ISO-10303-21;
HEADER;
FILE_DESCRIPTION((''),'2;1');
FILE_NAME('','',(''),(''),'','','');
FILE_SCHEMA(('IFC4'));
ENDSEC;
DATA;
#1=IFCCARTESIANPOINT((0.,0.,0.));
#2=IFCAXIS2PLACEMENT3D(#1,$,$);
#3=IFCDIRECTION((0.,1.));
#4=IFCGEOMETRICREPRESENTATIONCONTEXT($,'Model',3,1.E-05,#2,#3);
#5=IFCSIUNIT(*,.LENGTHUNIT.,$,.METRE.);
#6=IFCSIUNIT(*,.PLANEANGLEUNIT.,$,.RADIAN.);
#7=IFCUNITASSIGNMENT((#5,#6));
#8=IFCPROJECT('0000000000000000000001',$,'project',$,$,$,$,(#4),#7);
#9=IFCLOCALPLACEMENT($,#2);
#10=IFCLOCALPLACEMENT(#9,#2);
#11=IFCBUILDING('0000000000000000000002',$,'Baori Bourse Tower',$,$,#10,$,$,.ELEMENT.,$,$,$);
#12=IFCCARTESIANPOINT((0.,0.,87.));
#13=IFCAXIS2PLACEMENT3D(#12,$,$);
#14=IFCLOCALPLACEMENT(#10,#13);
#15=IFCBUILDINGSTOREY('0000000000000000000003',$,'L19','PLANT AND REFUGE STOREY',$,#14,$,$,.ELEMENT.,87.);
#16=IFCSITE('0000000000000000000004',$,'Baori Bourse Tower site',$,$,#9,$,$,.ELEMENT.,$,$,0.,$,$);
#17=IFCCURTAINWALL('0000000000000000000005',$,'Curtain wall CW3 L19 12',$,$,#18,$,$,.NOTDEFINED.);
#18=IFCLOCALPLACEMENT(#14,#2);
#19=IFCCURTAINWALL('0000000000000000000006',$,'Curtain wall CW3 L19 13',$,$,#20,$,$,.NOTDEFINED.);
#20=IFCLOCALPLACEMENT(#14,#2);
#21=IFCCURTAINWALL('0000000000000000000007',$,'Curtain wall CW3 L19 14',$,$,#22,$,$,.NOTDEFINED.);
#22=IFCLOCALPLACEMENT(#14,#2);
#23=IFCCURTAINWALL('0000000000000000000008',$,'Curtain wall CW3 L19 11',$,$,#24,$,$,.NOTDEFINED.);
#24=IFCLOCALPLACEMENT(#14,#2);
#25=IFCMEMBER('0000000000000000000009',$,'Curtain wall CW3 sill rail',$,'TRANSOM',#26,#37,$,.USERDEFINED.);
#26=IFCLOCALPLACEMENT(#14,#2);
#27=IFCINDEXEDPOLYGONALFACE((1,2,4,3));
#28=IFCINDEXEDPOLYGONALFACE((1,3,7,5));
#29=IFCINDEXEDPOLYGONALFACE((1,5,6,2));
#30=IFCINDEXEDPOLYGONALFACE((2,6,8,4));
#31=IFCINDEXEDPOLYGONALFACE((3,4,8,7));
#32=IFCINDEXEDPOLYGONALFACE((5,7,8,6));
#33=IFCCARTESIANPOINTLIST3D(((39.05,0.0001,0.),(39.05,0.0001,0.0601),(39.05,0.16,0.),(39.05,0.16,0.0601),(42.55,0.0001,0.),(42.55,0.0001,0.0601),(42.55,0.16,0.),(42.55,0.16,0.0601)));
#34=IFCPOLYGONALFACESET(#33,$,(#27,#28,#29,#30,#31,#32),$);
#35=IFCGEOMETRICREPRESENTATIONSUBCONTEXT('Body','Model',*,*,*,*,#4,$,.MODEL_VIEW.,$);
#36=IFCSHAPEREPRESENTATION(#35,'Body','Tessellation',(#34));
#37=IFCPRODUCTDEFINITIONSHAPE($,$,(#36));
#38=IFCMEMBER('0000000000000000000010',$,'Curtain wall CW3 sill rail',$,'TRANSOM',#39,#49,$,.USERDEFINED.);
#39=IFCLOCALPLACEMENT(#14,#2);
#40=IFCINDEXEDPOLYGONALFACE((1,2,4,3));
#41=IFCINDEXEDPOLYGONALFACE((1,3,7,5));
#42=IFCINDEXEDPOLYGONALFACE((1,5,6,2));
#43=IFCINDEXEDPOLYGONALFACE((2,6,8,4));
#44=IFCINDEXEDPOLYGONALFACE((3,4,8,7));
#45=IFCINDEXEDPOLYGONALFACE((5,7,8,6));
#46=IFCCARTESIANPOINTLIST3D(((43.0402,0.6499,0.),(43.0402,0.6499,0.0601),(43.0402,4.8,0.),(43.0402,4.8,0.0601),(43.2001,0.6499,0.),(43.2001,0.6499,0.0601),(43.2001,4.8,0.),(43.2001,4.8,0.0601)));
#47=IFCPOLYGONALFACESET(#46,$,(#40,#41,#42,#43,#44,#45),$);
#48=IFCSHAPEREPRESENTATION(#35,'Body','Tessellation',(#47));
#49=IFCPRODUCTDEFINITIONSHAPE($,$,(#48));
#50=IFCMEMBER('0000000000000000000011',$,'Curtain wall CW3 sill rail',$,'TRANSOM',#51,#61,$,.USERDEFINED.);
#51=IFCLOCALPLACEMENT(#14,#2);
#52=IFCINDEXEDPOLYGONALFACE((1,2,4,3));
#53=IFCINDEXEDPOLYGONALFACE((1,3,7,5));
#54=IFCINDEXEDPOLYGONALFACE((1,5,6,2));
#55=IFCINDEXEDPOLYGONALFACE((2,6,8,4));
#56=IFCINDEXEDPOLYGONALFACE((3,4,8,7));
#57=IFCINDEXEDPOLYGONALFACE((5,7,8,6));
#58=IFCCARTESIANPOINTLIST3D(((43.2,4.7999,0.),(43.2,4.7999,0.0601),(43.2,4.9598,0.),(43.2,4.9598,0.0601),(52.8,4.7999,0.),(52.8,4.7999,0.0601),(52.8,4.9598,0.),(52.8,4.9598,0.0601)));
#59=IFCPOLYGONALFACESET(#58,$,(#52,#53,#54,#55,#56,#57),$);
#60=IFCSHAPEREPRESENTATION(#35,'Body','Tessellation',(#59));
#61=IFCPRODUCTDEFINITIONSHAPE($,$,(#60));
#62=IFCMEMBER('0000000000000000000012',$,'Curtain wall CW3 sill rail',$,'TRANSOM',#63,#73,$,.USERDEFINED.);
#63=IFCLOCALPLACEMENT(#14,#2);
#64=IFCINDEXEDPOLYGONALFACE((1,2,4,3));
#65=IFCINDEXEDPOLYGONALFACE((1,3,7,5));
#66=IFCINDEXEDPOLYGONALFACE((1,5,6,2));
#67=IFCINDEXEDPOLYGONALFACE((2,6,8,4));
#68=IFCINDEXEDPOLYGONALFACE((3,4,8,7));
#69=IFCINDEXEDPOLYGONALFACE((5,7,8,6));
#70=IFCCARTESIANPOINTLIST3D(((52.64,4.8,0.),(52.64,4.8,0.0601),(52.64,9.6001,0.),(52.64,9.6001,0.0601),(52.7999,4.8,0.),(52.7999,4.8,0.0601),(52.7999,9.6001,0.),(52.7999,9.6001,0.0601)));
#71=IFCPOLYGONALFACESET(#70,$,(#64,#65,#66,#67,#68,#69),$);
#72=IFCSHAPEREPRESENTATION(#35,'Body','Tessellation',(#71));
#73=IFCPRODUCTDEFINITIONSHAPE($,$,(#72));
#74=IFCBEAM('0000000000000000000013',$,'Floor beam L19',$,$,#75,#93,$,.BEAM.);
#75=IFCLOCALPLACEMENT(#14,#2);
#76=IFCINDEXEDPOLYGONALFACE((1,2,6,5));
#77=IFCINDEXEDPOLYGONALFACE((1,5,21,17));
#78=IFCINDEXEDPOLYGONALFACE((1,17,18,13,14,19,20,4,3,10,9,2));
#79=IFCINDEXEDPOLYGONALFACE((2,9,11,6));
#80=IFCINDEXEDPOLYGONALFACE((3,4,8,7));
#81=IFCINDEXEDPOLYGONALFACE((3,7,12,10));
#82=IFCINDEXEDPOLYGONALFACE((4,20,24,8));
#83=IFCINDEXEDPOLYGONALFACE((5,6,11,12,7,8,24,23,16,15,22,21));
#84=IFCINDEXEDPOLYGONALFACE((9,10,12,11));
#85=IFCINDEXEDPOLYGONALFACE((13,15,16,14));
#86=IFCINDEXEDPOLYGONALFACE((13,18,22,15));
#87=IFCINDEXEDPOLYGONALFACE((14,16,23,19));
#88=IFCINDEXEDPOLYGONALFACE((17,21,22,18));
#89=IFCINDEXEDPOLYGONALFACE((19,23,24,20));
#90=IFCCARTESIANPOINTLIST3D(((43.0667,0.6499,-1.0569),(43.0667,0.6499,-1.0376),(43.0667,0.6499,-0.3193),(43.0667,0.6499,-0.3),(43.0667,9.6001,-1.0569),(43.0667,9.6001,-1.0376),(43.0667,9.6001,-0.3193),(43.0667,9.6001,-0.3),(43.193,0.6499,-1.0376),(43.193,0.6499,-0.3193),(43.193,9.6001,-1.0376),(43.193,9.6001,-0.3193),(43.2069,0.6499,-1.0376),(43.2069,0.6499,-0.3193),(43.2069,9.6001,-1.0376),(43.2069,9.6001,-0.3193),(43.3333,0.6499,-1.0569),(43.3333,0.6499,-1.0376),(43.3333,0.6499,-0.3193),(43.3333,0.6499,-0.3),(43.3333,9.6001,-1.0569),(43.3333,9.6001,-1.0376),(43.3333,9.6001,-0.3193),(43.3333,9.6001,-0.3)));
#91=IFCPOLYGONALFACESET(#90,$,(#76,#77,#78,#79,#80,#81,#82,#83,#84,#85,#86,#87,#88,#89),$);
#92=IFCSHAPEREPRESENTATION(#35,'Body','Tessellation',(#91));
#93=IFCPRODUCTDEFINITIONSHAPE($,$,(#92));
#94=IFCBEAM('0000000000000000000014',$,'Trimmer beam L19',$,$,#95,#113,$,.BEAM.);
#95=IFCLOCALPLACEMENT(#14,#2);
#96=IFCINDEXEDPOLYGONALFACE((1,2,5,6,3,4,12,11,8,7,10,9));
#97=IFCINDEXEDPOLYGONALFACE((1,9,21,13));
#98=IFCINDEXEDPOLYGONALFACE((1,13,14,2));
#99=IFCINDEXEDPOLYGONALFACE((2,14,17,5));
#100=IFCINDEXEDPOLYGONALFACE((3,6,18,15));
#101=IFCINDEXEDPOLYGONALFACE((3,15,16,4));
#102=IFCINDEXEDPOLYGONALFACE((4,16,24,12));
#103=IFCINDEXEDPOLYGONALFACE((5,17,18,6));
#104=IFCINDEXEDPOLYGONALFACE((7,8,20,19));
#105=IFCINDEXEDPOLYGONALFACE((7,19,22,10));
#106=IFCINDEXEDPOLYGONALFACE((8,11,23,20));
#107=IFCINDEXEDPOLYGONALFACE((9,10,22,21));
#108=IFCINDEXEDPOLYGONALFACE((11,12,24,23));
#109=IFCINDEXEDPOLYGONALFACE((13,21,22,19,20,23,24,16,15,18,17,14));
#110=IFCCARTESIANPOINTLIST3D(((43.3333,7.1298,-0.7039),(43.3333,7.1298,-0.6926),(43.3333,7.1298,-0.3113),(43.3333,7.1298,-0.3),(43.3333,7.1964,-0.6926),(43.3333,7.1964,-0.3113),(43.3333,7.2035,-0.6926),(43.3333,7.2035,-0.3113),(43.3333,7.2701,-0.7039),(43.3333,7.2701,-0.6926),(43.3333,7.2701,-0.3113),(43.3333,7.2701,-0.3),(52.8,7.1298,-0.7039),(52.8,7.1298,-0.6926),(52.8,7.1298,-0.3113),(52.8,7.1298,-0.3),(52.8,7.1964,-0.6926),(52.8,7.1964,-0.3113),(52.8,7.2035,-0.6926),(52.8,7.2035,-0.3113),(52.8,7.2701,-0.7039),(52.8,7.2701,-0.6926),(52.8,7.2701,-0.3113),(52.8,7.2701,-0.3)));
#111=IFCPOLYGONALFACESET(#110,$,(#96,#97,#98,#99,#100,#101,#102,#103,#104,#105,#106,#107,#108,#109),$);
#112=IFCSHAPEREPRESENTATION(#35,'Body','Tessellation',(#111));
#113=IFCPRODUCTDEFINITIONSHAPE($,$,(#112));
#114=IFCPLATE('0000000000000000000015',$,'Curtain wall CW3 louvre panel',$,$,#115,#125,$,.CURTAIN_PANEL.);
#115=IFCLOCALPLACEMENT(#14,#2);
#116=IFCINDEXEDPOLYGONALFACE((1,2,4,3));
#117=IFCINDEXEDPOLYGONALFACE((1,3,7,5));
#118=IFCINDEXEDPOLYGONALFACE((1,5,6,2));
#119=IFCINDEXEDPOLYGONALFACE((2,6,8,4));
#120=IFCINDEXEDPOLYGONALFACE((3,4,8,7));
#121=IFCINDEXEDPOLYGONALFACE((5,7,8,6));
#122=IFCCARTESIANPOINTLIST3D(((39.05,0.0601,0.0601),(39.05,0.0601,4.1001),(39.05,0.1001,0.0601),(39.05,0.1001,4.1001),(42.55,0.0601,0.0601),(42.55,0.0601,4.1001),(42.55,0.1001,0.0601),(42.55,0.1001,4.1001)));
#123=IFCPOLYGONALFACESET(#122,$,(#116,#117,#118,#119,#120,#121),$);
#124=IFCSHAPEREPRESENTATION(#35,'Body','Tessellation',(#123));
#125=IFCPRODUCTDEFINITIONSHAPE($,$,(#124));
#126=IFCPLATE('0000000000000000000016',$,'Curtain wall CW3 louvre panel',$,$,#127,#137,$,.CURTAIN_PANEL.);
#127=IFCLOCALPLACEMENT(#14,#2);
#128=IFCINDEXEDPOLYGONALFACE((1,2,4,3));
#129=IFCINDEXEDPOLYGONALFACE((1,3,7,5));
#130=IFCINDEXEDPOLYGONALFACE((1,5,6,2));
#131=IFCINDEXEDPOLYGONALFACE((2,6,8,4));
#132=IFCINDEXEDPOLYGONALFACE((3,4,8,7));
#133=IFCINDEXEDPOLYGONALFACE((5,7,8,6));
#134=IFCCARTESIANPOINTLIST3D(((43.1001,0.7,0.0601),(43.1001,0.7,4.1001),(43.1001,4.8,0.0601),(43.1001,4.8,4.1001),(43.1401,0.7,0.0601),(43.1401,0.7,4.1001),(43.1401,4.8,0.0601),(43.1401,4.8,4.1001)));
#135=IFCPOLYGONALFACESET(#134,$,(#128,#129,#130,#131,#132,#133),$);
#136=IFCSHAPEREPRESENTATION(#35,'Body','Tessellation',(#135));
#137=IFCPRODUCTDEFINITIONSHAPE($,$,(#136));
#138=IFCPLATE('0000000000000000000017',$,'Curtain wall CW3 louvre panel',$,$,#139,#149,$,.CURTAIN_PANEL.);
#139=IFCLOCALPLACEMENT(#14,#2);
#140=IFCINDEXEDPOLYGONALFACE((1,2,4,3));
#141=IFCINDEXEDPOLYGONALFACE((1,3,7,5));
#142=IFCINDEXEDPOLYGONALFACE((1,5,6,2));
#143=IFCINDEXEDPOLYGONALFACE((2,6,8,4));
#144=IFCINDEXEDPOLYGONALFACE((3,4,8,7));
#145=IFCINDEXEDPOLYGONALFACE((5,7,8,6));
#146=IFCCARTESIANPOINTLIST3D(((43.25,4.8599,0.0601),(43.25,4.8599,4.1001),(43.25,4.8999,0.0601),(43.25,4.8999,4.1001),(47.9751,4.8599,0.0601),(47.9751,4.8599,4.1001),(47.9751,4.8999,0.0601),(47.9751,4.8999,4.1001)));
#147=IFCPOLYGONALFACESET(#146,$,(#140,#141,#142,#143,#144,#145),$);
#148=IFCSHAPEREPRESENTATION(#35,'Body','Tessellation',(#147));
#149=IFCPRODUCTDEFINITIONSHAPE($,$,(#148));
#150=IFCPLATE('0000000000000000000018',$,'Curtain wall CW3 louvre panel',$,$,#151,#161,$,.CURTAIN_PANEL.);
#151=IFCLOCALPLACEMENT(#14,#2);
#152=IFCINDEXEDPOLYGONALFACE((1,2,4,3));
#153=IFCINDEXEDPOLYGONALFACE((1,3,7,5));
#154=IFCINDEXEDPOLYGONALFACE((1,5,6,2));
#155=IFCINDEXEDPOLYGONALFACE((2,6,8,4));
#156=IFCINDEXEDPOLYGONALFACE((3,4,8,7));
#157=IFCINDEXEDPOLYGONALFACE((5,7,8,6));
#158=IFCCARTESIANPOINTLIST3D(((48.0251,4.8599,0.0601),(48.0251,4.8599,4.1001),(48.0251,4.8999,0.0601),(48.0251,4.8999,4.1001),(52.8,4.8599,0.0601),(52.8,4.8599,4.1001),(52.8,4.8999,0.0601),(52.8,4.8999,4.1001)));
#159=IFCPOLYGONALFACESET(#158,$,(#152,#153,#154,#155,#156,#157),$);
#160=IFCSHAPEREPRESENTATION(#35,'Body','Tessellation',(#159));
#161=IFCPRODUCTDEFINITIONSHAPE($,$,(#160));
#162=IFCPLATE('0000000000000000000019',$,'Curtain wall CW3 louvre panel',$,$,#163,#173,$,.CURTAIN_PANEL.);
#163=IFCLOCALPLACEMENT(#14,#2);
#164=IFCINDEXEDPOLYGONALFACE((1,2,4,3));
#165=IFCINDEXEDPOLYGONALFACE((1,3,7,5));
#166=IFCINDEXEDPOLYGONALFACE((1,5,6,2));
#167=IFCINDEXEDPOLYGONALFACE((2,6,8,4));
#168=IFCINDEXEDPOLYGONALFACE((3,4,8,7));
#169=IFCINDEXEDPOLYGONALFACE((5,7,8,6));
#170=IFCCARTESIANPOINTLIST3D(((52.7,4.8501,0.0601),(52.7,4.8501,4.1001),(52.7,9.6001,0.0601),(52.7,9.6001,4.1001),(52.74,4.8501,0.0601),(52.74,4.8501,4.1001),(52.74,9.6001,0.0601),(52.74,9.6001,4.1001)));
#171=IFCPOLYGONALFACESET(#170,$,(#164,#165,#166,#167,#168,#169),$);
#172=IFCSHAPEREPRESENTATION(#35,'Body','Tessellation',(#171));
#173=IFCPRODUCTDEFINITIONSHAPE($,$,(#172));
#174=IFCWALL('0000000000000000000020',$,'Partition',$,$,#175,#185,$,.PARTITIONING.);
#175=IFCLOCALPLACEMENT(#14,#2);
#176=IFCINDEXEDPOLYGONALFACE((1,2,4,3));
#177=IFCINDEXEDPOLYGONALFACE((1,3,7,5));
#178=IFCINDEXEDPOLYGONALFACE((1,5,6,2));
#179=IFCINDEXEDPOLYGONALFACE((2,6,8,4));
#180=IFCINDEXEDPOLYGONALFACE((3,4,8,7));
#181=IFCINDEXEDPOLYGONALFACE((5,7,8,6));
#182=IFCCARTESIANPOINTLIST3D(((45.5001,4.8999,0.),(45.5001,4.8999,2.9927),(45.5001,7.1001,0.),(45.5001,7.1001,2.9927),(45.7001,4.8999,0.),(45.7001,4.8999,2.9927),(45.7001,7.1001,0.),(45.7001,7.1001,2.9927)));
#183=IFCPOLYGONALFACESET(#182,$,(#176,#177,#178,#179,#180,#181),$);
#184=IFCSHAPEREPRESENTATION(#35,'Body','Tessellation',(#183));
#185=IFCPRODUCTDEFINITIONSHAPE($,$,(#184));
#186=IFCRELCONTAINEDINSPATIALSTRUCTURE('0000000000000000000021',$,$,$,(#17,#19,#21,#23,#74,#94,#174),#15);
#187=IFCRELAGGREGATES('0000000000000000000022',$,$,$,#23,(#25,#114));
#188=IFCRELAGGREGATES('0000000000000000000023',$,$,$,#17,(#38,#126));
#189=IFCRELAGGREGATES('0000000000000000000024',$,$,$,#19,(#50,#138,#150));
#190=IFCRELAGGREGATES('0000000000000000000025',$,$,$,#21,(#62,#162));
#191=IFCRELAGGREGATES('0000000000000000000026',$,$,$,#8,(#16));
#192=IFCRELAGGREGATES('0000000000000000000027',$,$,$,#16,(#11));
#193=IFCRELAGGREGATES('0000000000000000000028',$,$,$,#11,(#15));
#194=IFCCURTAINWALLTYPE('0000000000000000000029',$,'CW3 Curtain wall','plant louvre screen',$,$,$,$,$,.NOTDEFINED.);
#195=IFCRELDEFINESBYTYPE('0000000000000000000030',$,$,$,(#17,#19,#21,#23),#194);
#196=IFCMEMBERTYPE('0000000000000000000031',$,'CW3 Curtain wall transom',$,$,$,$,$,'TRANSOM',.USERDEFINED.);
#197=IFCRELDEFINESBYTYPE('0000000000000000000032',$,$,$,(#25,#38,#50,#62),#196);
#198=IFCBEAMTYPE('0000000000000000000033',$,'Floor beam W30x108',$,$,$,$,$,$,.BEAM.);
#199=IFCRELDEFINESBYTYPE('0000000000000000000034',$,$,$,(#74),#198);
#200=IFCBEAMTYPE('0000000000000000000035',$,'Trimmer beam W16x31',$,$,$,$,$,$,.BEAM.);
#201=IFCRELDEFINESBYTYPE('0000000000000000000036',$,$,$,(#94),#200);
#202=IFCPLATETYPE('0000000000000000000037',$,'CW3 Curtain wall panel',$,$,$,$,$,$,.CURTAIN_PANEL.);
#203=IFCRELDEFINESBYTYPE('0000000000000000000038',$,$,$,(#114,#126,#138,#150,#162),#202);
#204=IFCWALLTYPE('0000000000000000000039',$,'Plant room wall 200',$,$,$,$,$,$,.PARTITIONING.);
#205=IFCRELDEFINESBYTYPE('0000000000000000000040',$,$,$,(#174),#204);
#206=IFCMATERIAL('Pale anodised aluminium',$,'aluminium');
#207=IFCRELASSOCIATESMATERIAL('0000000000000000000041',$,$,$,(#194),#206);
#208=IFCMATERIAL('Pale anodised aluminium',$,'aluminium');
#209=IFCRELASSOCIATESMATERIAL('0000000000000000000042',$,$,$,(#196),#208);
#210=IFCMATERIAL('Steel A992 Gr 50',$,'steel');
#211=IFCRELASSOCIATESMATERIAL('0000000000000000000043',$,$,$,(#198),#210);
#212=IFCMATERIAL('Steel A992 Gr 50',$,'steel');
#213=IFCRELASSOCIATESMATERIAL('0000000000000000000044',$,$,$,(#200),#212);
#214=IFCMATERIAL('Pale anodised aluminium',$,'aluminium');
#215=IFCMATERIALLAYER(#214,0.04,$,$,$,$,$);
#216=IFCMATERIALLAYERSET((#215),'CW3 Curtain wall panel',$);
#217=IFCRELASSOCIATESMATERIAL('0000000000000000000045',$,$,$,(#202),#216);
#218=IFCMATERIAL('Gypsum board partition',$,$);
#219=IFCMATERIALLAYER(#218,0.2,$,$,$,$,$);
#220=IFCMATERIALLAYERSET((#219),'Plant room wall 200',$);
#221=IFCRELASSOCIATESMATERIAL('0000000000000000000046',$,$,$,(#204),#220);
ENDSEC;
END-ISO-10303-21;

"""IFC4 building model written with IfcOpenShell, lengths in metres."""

from ifc_helpers import new_model, si_unit, direction, frame, frame_2d, origin, origin_2d, place, context, subcontext, project, spatial, rectangle, i_section, extrude, material, layer, layer_set, material_profile, profile_set, type_object, element, aggregate, save


model = new_model("IFC4")

# Units and contexts
model_context = context("Model", 3, precision=1e-05, world=origin(), true_north=direction((0.0, 1.0)))
body_context = subcontext(model_context, "Body", "Model", "MODEL_VIEW")
ifc_project = project(units=[si_unit("LENGTHUNIT", "METRE"), si_unit("PLANEANGLEUNIT", "RADIAN")], contexts=[model_context])

# Site, building, storey
site_placement = place(None, origin())
site = spatial("IfcSite", under=ifc_project, at=site_placement, Name="Baori Bourse Tower site", CompositionType="ELEMENT", RefElevation=0.0)
building_placement = place(site_placement, origin())
building = spatial("IfcBuilding", under=site, at=building_placement, Name="Baori Bourse Tower", CompositionType="ELEMENT")
storey_placement = place(building_placement, frame((0.0, 0.0, 87.0)))
storey = spatial("IfcBuildingStorey", under=building, at=storey_placement, Name="L19", Description="PLANT AND REFUGE STOREY", CompositionType="ELEMENT", Elevation=87.0)

# Curtain wall
ifc_material_1 = material(Name="Pale anodised aluminium", Category="aluminium")
curtain_wall_type = type_object("IfcCurtainWallType", Name="CW3 Curtain wall", Description="plant louvre screen", PredefinedType="NOTDEFINED", material=ifc_material_1)
curtain_wall_1_placement = place(storey_placement, origin())
curtain_wall_1 = element("IfcCurtainWall", 1, at=curtain_wall_1_placement, inside=storey, type_object=curtain_wall_type, Name="Curtain wall CW3 L19 12", PredefinedType="NOTDEFINED")

# Curtain wall
curtain_wall_2_placement = place(storey_placement, origin())
curtain_wall_2 = element("IfcCurtainWall", 2, at=curtain_wall_2_placement, inside=storey, type_object=curtain_wall_type, Name="Curtain wall CW3 L19 13", PredefinedType="NOTDEFINED")

# Curtain walls, member
curtain_wall_3_placement = place(storey_placement, origin())
curtain_wall_3 = element("IfcCurtainWall", 3, at=curtain_wall_3_placement, inside=storey, type_object=curtain_wall_type, Name="Curtain wall CW3 L19 14", PredefinedType="NOTDEFINED")
curtain_wall_4_placement = place(storey_placement, origin())
curtain_wall_4 = element("IfcCurtainWall", 4, at=curtain_wall_4_placement, inside=storey, type_object=curtain_wall_type, Name="Curtain wall CW3 L19 11", PredefinedType="NOTDEFINED")
ifc_material_2 = material(Name="Pale anodised aluminium", Category="aluminium")
ifc_material_profile_1 = material_profile(ifc_material_2, rectangle(XDim=0.1599, YDim=0.0601, at=origin_2d()), Name="Transom 60x160")
ifc_profile_set_1 = profile_set([ifc_material_profile_1], Name="Pale anodised aluminium")
member_type_1 = type_object("IfcMemberType", Name="CW3 Curtain wall transom", ElementType="TRANSOM", PredefinedType="USERDEFINED", material=ifc_profile_set_1)
member_1_placement = place(storey_placement, frame((39.05, 0.0801, 0.03), z_axis=(1.0, 0.0, 0.0), x_axis=(0.0, 1.0, 0.0)))
member_1 = element("IfcMember", 5, at=member_1_placement, type_object=member_type_1, Name="Curtain wall CW3 sill rail", ObjectType="TRANSOM", PredefinedType="USERDEFINED", context=body_context, shape_type="SweptSolid", body=[
    extrude(rectangle(XDim=0.1599, YDim=0.0601, at=origin_2d()), origin(), (0.0, 0.0, 1.0), 3.5),
])

# Members
member_2_placement = place(storey_placement, frame((43.1201, 0.6499, 0.03), z_axis=(0.0, 1.0, 0.0), x_axis=(-1.0, 0.0, 0.0)))
member_2 = element("IfcMember", 6, at=member_2_placement, type_object=member_type_1, Name="Curtain wall CW3 sill rail", ObjectType="TRANSOM", PredefinedType="USERDEFINED", context=body_context, shape_type="SweptSolid", body=[
    extrude(rectangle(XDim=0.1599, YDim=0.0601, at=origin_2d()), origin(), (0.0, 0.0, 1.0), 4.1501),
])
member_3_placement = place(storey_placement, frame((43.2, 4.8799, 0.03), z_axis=(1.0, 0.0, 0.0), x_axis=(0.0, 1.0, 0.0)))
member_3 = element("IfcMember", 7, at=member_3_placement, type_object=member_type_1, Name="Curtain wall CW3 sill rail", ObjectType="TRANSOM", PredefinedType="USERDEFINED", context=body_context, shape_type="SweptSolid", body=[
    extrude(rectangle(XDim=0.1599, YDim=0.0601, at=origin_2d()), origin(), (0.0, 0.0, 1.0), 9.6001),
])
member_4_placement = place(storey_placement, frame((52.72, 4.8, 0.03), z_axis=(0.0, 1.0, 0.0), x_axis=(-1.0, 0.0, 0.0)))
member_4 = element("IfcMember", 8, at=member_4_placement, type_object=member_type_1, Name="Curtain wall CW3 sill rail", ObjectType="TRANSOM", PredefinedType="USERDEFINED", context=body_context, shape_type="SweptSolid", body=[
    extrude(rectangle(XDim=0.1599, YDim=0.0601, at=origin_2d()), origin(), (0.0, 0.0, 1.0), 4.8),
])

# Beams
ifc_material_3 = material(Name="Steel A992 Gr 50", Category="steel")
ifc_material_profile_2 = material_profile(ifc_material_3, i_section(OverallWidth=0.2666, OverallDepth=0.7568, WebThickness=0.0139, FlangeThickness=0.0193, at=origin_2d()), Name="W30x108")
ifc_profile_set_2 = profile_set([ifc_material_profile_2], Name="Steel A992 Gr 50")
beam_type_1 = type_object("IfcBeamType", Name="Floor beam W30x108", PredefinedType="BEAM", material=ifc_profile_set_2)
beam_1_placement = place(storey_placement, frame((43.2, 0.6499, -0.6785), z_axis=(0.0, 1.0, 0.0), x_axis=(-1.0, 0.0, 0.0)))
element("IfcBeam", 9, at=beam_1_placement, inside=storey, type_object=beam_type_1, Name="Floor beam L19", PredefinedType="BEAM", context=body_context, shape_type="SweptSolid", body=[
    extrude(i_section(OverallWidth=0.2666, OverallDepth=0.7568, WebThickness=0.0139, FlangeThickness=0.0193, at=origin_2d()), origin(), (0.0, 0.0, 1.0), 8.9502),
])
ifc_material_4 = material(Name="Steel A992 Gr 50", Category="steel")
ifc_material_profile_3 = material_profile(ifc_material_4, i_section(OverallWidth=0.1404, OverallDepth=0.4038, WebThickness=0.0071, FlangeThickness=0.0112, at=origin_2d()), Name="W16x31")
ifc_profile_set_3 = profile_set([ifc_material_profile_3], Name="Steel A992 Gr 50")
beam_type_2 = type_object("IfcBeamType", Name="Trimmer beam W16x31", PredefinedType="BEAM", material=ifc_profile_set_3)
beam_2_placement = place(storey_placement, frame((43.3333, 7.2, -0.502), z_axis=(1.0, 0.0, 0.0), x_axis=(0.0, 1.0, 0.0)))
element("IfcBeam", 10, at=beam_2_placement, inside=storey, type_object=beam_type_2, Name="Trimmer beam L19", PredefinedType="BEAM", context=body_context, shape_type="SweptSolid", body=[
    extrude(i_section(OverallWidth=0.1404, OverallDepth=0.4038, WebThickness=0.0071, FlangeThickness=0.0112, at=origin_2d()), origin(), (0.0, 0.0, 1.0), 9.4668),
])

# Plates
ifc_material_5 = material(Name="Pale anodised aluminium", Category="aluminium")
ifc_layer_1 = layer(ifc_material_5, 0.04)
ifc_layer_set_1 = layer_set([ifc_layer_1], Name="CW3 Curtain wall panel")
plate_type = type_object("IfcPlateType", Name="CW3 Curtain wall panel", PredefinedType="CURTAIN_PANEL", material=ifc_layer_set_1)
plate_1_placement = place(storey_placement, frame((40.8, 0.0801, 0.0601), z_axis=(0.0, 0.0, 1.0), x_axis=(1.0, 0.0, 0.0)))
plate_1 = element("IfcPlate", 11, at=plate_1_placement, type_object=plate_type, Name="Curtain wall CW3 louvre panel", PredefinedType="CURTAIN_PANEL", context=body_context, shape_type="SweptSolid", body=[
    extrude(rectangle(XDim=3.5, YDim=0.04, at=origin_2d()), origin(), (0.0, 0.0, 1.0), 4.04),
])
aggregate(curtain_wall_4, [member_1, plate_1])
plate_2_placement = place(storey_placement, frame((43.1201, 2.75, 0.0601), z_axis=(0.0, 0.0, 1.0), x_axis=(0.0, 1.0, 0.0)))
plate_2 = element("IfcPlate", 12, at=plate_2_placement, type_object=plate_type, Name="Curtain wall CW3 louvre panel", PredefinedType="CURTAIN_PANEL", context=body_context, shape_type="SweptSolid", body=[
    extrude(rectangle(XDim=4.1001, YDim=0.04, at=origin_2d()), origin(), (0.0, 0.0, 1.0), 4.04),
])
aggregate(curtain_wall_1, [member_2, plate_2])
plate_3_placement = place(storey_placement, frame((45.6125, 4.8799, 0.0601), z_axis=(0.0, 0.0, 1.0), x_axis=(1.0, 0.0, 0.0)))
plate_3 = element("IfcPlate", 13, at=plate_3_placement, type_object=plate_type, Name="Curtain wall CW3 louvre panel", PredefinedType="CURTAIN_PANEL", context=body_context, shape_type="SweptSolid", body=[
    extrude(rectangle(XDim=4.7251, YDim=0.04, at=origin_2d()), origin(), (0.0, 0.0, 1.0), 4.04),
])
plate_4_placement = place(storey_placement, frame((50.4126, 4.8799, 0.0601), z_axis=(0.0, 0.0, 1.0), x_axis=(1.0, 0.0, 0.0)))
plate_4 = element("IfcPlate", 14, at=plate_4_placement, type_object=plate_type, Name="Curtain wall CW3 louvre panel", PredefinedType="CURTAIN_PANEL", context=body_context, shape_type="SweptSolid", body=[
    extrude(rectangle(XDim=4.7749, YDim=0.04, at=origin_2d()), origin(), (0.0, 0.0, 1.0), 4.04),
])
aggregate(curtain_wall_2, [member_3, plate_3, plate_4])
plate_5_placement = place(storey_placement, frame((52.72, 7.2251, 0.0601), z_axis=(0.0, 0.0, 1.0), x_axis=(0.0, 1.0, 0.0)))
plate_5 = element("IfcPlate", 15, at=plate_5_placement, type_object=plate_type, Name="Curtain wall CW3 louvre panel", PredefinedType="CURTAIN_PANEL", context=body_context, shape_type="SweptSolid", body=[
    extrude(rectangle(XDim=4.75, YDim=0.04, at=origin_2d()), origin(), (0.0, 0.0, 1.0), 4.04),
])
aggregate(curtain_wall_3, [member_4, plate_5])

# Wall
ifc_material_6 = material(Name="Gypsum board partition")
ifc_layer_2 = layer(ifc_material_6, 0.2)
ifc_layer_set_2 = layer_set([ifc_layer_2], Name="Plant room wall 200")
wall_type = type_object("IfcWallType", Name="Plant room wall 200", PredefinedType="PARTITIONING", material=ifc_layer_set_2)
wall_placement = place(storey_placement, frame((45.6001, 4.8999, 0.0), z_axis=(0.0, 0.0, 1.0), x_axis=(0.0, 1.0, 0.0)))
element("IfcWall", 16, at=wall_placement, inside=storey, type_object=wall_type, Name="Partition", PredefinedType="PARTITIONING", context=body_context, shape_type="SweptSolid", body=[
    extrude(rectangle(XDim=2.2002, YDim=0.2, at=frame_2d((1.1001, 0.0))), origin(), (0.0, 0.0, 1.0), 2.9927),
])

save(model, "model.ifc")
